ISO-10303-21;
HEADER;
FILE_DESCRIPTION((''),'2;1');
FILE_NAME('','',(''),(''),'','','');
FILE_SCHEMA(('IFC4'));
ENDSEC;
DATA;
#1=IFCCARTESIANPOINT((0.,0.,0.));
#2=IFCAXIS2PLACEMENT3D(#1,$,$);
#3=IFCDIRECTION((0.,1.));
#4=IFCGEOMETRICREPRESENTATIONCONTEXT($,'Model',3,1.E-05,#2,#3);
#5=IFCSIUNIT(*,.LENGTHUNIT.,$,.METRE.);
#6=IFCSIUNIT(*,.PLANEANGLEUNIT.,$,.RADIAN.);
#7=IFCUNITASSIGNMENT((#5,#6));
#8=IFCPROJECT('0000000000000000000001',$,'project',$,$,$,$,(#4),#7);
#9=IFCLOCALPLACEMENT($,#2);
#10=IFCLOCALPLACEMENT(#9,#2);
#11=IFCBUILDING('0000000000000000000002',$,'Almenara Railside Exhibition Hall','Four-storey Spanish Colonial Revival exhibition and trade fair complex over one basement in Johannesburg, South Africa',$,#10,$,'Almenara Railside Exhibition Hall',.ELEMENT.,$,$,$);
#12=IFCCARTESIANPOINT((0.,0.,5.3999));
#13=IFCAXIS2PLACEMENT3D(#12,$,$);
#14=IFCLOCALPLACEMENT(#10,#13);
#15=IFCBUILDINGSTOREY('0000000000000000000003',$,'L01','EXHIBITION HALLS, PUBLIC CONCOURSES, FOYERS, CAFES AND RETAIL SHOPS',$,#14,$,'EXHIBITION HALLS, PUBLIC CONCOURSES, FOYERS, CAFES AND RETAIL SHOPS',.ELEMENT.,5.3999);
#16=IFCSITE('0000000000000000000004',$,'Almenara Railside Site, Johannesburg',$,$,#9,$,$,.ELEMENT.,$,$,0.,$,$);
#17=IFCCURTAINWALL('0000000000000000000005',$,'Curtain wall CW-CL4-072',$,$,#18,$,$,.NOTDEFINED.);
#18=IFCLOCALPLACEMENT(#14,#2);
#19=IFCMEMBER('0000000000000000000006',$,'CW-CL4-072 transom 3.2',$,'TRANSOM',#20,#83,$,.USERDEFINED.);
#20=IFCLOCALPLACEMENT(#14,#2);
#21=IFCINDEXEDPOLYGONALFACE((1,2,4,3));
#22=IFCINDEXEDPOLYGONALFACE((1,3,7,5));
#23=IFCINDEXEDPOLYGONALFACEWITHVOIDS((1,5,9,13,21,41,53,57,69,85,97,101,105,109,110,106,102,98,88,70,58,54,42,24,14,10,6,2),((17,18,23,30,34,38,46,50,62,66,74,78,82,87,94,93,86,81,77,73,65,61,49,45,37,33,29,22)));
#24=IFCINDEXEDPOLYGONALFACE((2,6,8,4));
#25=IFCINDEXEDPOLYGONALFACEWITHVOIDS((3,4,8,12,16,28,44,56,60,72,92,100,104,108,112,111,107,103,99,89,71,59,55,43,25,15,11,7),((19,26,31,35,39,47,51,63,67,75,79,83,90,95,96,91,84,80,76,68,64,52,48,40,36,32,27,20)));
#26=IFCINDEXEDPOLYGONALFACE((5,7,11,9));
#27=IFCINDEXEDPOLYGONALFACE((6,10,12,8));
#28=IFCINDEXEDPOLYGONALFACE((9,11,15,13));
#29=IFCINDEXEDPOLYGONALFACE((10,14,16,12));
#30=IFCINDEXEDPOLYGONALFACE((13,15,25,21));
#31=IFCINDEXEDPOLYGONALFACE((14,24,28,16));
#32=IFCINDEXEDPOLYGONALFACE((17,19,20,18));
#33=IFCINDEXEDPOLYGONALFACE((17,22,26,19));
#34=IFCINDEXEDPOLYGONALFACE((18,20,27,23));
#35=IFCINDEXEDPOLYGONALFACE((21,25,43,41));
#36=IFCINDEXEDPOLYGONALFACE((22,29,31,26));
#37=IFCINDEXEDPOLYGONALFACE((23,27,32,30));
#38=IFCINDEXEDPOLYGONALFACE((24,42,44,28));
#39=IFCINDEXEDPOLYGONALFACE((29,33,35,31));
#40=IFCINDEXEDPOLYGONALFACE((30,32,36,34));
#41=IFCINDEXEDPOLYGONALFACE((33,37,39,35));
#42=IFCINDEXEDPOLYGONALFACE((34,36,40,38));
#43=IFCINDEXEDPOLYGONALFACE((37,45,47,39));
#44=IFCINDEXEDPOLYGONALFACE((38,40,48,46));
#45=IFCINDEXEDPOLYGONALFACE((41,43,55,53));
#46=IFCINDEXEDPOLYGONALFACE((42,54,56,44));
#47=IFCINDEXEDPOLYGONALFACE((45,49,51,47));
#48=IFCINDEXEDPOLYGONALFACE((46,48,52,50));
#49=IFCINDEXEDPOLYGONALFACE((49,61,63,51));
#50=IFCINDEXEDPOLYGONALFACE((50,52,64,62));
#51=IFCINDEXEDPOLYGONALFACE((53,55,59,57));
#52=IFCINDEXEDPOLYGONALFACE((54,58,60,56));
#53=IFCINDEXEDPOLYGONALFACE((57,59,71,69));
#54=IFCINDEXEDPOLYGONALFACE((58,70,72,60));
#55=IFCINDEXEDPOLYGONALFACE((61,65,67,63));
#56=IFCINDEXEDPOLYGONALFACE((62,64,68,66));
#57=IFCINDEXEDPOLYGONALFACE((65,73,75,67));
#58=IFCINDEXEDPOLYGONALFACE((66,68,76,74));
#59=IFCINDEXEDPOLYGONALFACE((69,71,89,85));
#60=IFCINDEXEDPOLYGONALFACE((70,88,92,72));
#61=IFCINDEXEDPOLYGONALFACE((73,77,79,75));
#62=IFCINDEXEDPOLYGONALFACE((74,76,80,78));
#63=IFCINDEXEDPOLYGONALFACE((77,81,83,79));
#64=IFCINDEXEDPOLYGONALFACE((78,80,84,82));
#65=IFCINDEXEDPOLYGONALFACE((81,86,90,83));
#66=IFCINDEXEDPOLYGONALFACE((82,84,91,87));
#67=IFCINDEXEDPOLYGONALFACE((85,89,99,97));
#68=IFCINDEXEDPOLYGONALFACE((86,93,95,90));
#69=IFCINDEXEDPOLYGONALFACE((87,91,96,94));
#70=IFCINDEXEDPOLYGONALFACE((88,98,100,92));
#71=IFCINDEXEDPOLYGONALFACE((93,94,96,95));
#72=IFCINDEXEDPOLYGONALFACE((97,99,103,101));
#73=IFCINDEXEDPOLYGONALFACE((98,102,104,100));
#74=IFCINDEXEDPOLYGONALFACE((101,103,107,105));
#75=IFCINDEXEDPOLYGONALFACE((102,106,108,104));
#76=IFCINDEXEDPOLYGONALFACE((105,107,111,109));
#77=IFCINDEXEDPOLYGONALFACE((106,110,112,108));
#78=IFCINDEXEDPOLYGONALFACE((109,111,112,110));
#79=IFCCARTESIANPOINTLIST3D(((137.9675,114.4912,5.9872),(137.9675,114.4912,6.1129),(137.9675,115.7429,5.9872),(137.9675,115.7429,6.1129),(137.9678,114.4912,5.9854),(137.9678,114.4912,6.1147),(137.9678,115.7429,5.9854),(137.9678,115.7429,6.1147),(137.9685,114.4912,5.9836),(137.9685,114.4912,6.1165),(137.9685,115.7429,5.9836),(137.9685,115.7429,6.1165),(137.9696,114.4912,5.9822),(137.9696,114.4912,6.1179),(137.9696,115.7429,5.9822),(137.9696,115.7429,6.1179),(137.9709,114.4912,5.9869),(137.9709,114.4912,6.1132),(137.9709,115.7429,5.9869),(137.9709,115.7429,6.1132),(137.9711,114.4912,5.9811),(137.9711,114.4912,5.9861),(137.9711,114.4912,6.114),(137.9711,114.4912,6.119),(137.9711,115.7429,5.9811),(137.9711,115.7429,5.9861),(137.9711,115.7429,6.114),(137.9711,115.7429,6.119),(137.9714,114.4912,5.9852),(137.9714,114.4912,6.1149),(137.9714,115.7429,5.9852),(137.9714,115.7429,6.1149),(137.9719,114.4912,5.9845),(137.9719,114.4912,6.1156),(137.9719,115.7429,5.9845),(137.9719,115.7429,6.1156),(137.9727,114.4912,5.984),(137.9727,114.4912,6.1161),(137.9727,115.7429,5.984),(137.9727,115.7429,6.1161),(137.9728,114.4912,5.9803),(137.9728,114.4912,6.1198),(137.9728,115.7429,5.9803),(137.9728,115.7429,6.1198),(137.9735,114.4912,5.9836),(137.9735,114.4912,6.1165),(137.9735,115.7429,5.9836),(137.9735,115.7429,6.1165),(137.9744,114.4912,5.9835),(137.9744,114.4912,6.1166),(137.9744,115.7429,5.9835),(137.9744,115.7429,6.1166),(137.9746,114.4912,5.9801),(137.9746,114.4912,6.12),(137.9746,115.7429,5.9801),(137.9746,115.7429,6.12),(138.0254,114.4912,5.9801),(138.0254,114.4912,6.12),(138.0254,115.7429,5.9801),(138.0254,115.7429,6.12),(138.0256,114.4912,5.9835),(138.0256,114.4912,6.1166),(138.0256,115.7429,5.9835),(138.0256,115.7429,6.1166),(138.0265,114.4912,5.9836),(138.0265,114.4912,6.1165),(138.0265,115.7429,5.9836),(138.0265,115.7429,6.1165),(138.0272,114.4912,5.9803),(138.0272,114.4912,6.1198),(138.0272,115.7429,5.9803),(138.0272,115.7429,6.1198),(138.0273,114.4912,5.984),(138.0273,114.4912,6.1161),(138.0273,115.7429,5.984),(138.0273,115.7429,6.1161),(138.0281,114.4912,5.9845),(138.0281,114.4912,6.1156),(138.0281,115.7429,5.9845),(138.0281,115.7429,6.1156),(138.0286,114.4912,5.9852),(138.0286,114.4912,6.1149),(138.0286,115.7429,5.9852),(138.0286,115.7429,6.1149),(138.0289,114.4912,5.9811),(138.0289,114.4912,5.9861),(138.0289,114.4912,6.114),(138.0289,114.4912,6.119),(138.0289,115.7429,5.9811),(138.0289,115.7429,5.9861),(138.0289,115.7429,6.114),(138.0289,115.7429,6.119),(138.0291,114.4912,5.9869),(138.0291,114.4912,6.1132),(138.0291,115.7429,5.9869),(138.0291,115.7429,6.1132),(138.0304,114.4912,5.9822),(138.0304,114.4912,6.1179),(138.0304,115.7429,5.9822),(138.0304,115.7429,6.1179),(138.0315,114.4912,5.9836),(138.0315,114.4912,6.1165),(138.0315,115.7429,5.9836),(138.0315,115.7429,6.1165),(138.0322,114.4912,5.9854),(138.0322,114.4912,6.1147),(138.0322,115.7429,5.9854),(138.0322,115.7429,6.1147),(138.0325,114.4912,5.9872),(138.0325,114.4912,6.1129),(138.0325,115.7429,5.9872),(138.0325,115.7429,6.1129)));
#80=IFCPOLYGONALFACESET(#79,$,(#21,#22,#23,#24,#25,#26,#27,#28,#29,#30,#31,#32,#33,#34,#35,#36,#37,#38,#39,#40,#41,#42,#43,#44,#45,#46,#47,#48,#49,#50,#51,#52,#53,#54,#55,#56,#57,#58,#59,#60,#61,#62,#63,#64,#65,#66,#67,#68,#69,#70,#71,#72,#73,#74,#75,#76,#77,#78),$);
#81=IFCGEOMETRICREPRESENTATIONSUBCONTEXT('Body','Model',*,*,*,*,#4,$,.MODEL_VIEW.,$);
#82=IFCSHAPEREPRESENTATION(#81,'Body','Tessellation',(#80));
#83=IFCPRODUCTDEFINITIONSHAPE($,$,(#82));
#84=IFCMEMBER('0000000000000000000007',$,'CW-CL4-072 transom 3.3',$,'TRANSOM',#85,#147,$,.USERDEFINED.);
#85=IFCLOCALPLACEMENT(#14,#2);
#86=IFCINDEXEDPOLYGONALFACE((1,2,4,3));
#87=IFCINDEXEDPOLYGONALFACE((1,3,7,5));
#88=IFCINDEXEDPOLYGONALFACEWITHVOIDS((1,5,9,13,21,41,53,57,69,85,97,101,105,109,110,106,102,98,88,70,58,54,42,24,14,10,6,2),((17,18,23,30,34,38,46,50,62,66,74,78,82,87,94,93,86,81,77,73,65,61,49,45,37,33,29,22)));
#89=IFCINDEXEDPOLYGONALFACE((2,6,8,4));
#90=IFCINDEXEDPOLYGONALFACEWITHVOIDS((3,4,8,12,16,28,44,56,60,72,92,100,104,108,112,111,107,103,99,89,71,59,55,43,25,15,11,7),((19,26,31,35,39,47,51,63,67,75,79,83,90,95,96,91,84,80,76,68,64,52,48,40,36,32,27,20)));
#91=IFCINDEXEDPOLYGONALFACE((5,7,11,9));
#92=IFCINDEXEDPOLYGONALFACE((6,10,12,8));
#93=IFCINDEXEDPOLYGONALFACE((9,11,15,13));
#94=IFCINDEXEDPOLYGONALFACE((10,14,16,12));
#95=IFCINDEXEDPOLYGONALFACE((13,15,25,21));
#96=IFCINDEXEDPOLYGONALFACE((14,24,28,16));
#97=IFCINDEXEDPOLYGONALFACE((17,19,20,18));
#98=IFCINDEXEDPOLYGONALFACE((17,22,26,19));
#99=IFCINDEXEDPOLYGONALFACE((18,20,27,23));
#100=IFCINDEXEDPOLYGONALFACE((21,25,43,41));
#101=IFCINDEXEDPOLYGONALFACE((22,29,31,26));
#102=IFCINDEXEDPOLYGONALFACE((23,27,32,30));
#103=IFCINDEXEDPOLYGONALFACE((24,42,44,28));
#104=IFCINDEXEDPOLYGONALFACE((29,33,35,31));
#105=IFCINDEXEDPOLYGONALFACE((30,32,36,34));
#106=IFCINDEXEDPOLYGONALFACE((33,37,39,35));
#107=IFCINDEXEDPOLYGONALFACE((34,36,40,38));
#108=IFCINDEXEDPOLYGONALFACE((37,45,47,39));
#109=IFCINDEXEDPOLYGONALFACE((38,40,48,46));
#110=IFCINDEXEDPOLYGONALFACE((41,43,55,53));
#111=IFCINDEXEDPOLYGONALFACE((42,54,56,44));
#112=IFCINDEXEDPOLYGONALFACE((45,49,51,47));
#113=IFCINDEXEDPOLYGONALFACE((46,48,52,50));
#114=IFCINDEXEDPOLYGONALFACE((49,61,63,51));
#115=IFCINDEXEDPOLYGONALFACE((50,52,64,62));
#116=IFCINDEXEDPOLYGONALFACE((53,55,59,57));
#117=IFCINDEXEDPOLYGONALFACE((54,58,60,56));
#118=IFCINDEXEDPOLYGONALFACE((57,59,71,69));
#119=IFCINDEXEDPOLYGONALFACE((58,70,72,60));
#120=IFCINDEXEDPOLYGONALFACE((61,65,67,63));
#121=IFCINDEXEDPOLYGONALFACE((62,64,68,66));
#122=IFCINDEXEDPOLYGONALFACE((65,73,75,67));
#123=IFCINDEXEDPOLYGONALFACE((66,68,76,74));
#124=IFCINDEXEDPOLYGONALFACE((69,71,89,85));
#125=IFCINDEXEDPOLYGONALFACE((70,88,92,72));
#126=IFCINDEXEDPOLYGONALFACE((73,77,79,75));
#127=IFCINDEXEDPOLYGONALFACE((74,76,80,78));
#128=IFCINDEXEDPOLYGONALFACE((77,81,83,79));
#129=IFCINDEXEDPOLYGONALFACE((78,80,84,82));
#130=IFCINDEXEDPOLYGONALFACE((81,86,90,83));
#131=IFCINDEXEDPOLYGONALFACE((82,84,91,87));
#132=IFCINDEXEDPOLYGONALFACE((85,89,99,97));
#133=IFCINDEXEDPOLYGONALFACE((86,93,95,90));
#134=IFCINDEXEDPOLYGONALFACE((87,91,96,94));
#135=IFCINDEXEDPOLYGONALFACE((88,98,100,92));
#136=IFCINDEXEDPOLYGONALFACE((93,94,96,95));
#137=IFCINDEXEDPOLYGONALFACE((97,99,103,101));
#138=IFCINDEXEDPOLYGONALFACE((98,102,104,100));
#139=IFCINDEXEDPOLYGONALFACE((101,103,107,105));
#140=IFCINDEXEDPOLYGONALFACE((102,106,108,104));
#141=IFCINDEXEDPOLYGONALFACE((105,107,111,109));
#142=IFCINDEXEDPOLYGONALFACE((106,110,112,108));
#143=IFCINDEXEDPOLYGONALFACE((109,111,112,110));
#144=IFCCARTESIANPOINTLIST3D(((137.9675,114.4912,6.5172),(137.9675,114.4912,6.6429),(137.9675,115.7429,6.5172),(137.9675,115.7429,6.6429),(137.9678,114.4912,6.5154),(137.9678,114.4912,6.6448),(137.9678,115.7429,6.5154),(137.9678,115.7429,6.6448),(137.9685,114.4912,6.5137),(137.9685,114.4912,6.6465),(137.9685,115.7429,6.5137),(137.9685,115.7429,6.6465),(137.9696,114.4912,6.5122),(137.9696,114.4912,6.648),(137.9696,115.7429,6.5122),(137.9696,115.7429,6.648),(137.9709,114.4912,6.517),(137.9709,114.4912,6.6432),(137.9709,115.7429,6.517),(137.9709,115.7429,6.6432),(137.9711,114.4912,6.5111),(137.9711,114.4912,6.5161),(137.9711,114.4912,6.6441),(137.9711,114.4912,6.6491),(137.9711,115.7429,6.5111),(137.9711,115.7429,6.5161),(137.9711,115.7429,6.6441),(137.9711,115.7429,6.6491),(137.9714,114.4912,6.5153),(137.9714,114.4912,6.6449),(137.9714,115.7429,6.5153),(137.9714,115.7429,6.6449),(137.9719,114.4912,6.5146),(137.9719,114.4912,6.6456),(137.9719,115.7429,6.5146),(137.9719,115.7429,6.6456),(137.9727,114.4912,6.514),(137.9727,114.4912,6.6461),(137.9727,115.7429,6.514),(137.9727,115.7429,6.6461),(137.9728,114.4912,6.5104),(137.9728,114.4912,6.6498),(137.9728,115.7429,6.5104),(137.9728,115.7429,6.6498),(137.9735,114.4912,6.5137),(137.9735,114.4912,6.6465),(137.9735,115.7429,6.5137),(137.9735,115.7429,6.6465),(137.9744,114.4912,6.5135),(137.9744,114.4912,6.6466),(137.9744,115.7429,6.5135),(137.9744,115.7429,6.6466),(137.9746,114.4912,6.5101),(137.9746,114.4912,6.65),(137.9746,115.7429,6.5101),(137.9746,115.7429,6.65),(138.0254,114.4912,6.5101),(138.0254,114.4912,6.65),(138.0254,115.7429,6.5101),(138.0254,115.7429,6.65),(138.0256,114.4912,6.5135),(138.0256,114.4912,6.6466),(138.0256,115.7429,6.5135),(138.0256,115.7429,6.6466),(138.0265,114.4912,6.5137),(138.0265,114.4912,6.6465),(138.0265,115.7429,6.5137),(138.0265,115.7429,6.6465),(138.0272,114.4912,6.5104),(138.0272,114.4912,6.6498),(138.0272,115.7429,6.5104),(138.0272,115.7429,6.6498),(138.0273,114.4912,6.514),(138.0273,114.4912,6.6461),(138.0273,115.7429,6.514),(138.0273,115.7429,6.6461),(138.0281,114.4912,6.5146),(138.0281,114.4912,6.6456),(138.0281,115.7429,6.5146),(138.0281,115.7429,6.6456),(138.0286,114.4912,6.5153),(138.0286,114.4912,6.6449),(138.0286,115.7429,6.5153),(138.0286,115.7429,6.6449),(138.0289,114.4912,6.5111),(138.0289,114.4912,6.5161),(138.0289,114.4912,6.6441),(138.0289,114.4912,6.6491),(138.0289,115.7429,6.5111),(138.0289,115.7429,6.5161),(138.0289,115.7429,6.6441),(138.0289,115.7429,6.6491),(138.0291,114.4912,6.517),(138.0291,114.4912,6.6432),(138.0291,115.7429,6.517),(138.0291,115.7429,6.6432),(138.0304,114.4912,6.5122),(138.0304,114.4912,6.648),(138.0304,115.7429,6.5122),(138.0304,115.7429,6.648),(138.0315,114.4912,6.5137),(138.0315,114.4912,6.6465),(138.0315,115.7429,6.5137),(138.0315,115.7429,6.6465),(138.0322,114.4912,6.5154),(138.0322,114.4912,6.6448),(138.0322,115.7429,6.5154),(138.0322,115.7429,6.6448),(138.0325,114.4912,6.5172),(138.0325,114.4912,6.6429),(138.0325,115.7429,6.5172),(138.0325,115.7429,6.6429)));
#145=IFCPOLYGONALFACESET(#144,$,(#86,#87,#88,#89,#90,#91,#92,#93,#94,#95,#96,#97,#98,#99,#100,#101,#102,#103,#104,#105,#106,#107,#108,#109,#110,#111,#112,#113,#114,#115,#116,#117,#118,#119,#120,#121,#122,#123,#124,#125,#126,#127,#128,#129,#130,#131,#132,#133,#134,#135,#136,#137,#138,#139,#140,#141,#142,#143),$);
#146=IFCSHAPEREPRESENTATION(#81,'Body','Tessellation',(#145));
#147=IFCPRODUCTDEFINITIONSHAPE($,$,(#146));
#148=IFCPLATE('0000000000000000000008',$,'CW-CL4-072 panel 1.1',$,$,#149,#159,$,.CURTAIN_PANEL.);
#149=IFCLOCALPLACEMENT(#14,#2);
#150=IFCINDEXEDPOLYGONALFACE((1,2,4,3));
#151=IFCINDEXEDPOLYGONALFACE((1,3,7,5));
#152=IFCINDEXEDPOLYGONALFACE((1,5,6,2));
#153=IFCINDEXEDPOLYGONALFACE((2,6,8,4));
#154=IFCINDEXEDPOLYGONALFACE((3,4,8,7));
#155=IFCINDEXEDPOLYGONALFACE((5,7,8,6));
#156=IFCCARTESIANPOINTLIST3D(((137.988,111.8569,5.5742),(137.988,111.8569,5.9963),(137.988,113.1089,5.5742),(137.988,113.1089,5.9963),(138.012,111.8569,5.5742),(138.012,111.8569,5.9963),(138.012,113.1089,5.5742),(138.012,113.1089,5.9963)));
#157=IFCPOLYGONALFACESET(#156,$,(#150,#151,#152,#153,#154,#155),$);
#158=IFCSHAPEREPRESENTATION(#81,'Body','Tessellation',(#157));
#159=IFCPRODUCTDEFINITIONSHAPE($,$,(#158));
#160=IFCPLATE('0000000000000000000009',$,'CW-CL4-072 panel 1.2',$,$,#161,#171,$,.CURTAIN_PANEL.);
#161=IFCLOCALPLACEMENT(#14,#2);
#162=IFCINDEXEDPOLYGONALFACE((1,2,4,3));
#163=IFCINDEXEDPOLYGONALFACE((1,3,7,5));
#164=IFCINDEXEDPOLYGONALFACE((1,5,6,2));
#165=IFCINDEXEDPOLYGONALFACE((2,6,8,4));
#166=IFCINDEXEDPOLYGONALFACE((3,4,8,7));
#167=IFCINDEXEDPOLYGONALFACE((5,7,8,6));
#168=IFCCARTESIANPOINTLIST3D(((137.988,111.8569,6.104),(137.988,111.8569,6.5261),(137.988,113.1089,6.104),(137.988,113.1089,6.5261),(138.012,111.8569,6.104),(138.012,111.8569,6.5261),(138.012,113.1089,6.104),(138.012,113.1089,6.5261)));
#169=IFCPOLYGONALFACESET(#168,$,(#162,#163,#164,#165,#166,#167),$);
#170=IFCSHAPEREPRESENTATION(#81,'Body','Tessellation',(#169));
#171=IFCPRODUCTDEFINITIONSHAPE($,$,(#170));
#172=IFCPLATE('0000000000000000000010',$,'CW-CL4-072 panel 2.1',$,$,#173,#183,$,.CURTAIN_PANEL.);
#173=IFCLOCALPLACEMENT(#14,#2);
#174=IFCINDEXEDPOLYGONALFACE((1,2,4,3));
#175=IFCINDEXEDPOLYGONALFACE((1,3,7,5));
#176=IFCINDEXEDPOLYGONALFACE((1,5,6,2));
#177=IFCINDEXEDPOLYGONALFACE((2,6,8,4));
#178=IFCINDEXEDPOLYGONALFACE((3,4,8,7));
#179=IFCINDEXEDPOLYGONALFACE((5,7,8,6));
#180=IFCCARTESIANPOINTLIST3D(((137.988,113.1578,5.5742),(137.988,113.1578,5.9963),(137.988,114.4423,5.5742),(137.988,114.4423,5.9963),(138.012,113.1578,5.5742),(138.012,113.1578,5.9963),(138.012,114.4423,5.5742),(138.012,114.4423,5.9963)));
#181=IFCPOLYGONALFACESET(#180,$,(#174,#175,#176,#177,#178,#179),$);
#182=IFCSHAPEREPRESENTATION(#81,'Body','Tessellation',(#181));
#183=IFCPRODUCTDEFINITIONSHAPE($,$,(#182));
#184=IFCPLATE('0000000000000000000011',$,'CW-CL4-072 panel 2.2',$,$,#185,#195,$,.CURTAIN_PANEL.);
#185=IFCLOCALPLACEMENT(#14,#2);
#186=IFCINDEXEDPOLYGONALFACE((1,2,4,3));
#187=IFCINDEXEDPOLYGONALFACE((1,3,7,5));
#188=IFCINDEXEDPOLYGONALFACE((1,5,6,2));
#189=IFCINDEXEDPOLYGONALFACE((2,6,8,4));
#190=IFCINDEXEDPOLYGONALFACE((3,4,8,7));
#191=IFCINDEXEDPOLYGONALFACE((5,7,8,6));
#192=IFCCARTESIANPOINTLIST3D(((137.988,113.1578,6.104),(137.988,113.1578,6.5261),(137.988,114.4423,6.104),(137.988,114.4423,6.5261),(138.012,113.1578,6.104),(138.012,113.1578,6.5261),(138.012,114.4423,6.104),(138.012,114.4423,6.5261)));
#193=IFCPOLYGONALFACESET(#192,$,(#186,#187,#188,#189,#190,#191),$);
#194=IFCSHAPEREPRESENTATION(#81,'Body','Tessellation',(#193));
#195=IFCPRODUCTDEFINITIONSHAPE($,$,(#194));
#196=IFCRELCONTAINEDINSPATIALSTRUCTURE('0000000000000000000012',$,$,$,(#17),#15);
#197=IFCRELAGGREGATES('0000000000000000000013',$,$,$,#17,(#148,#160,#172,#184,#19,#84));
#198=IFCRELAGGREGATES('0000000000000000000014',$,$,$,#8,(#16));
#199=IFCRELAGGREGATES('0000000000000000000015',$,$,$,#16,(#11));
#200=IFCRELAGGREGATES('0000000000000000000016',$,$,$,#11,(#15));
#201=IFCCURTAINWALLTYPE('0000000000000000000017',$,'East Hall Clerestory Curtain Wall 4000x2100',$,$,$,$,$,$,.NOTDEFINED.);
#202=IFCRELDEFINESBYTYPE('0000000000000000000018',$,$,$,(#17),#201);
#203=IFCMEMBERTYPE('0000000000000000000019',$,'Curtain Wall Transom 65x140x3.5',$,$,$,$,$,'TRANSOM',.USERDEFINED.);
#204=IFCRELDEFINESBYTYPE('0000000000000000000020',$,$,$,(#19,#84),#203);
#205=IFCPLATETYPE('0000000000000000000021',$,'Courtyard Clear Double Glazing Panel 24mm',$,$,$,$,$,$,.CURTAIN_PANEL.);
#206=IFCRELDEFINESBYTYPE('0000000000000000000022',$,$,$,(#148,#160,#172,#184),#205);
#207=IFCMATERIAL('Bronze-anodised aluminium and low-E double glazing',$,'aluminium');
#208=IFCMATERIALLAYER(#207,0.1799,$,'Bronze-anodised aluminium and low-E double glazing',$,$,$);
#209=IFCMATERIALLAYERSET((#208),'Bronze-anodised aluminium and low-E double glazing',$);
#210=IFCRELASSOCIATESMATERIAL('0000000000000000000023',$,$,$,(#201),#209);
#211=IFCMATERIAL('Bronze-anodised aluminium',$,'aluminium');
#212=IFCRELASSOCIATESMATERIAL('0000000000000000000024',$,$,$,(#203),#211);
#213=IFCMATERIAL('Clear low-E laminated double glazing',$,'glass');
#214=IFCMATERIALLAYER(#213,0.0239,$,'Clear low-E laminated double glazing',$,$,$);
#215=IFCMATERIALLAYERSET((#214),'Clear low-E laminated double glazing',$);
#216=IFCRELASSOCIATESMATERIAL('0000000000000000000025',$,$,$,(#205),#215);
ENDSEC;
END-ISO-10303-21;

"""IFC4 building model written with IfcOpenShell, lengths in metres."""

from ifc_helpers import new_model, si_unit, direction, frame, origin, origin_2d, place, context, subcontext, project, spatial, rectangle, hollow_rectangle, extrude, material, layer, layer_set, material_profile, profile_set, type_object, element, aggregate, save


model = new_model("IFC4")

# Units and contexts
model_context = context("Model", 3, precision=1e-05, world=origin(), true_north=direction((0.0, 1.0)))
body_context = subcontext(model_context, "Body", "Model", "MODEL_VIEW")
ifc_project = project(units=[si_unit("LENGTHUNIT", "METRE"), si_unit("PLANEANGLEUNIT", "RADIAN")], contexts=[model_context])

# Site, building, storey
site_placement = place(None, origin())
site = spatial("IfcSite", under=ifc_project, at=site_placement, Name="Almenara Railside Site, Johannesburg", CompositionType="ELEMENT", RefElevation=0.0)
building_placement = place(site_placement, origin())
building = spatial("IfcBuilding", under=site, at=building_placement, Name="Almenara Railside Exhibition Hall", Description="Four-storey Spanish Colonial Revival exhibition and trade fair complex over one basement in Johannesburg, South Africa", LongName="Almenara Railside Exhibition Hall", CompositionType="ELEMENT")
storey_placement = place(building_placement, frame((0.0, 0.0, 5.3999)))
storey = spatial("IfcBuildingStorey", under=building, at=storey_placement, Name="L01", Description="EXHIBITION HALLS, PUBLIC CONCOURSES, FOYERS, CAFES AND RETAIL SHOPS", LongName="EXHIBITION HALLS, PUBLIC CONCOURSES, FOYERS, CAFES AND RETAIL SHOPS", CompositionType="ELEMENT", Elevation=5.3999)

# Curtain wall
ifc_material_1 = material(Name="Bronze-anodised aluminium and low-E double glazing", Category="aluminium")
ifc_layer_1 = layer(ifc_material_1, 0.1799, Name="Bronze-anodised aluminium and low-E double glazing")
ifc_layer_set_1 = layer_set([ifc_layer_1], Name="Bronze-anodised aluminium and low-E double glazing")
curtain_wall_type = type_object("IfcCurtainWallType", Name="East Hall Clerestory Curtain Wall 4000x2100", PredefinedType="NOTDEFINED", material=ifc_layer_set_1)
curtain_wall_1_placement = place(storey_placement, origin())
curtain_wall_1 = element("IfcCurtainWall", 1, at=curtain_wall_1_placement, inside=storey, type_object=curtain_wall_type, Name="Curtain wall CW-CL4-072", PredefinedType="NOTDEFINED")
ifc_material_2 = material(Name="Bronze-anodised aluminium", Category="aluminium")

# Members
ifc_material_profile_1 = material_profile(ifc_material_2, hollow_rectangle(XDim=0.0649, YDim=0.1399, WallThickness=0.0034, InnerFilletRadius=0.0034, OuterFilletRadius=0.0071, at=origin_2d()), Name="ALU-TRN 65x140x3.5")
ifc_profile_set_1 = profile_set([ifc_material_profile_1], Name="Bronze-anodised aluminium")
member_type_1 = type_object("IfcMemberType", Name="Curtain Wall Transom 65x140x3.5", ElementType="TRANSOM", PredefinedType="USERDEFINED", material=ifc_profile_set_1)
member_1_placement = place(storey_placement, frame((138.0, 114.4912, 6.05), z_axis=(0.0, 1.0, 0.0), x_axis=(-1.0, 0.0, 0.0)))
member_1 = element("IfcMember", 2, at=member_1_placement, type_object=member_type_1, Name="CW-CL4-072 transom 3.2", ObjectType="TRANSOM", PredefinedType="USERDEFINED", context=body_context, shape_type="SweptSolid", body=[
    extrude(hollow_rectangle(XDim=0.0649, YDim=0.1399, WallThickness=0.0034, InnerFilletRadius=0.0034, OuterFilletRadius=0.0071, at=origin_2d()), origin(), (0.0, 0.0, 1.0), 1.2517),
])
member_2_placement = place(storey_placement, frame((138.0, 114.4912, 6.5801), z_axis=(0.0, 1.0, 0.0), x_axis=(-1.0, 0.0, 0.0)))
member_2 = element("IfcMember", 3, at=member_2_placement, type_object=member_type_1, Name="CW-CL4-072 transom 3.3", ObjectType="TRANSOM", PredefinedType="USERDEFINED", context=body_context, shape_type="SweptSolid", body=[
    extrude(hollow_rectangle(XDim=0.0649, YDim=0.1399, WallThickness=0.0034, InnerFilletRadius=0.0034, OuterFilletRadius=0.0071, at=origin_2d()), origin(), (0.0, 0.0, 1.0), 1.2517),
])

# Plates
ifc_material_3 = material(Name="Clear low-E laminated double glazing", Category="glass")
ifc_layer_2 = layer(ifc_material_3, 0.0239, Name="Clear low-E laminated double glazing")
ifc_layer_set_2 = layer_set([ifc_layer_2], Name="Clear low-E laminated double glazing")
plate_type_1 = type_object("IfcPlateType", Name="Courtyard Clear Double Glazing Panel 24mm", PredefinedType="CURTAIN_PANEL", material=ifc_layer_set_2)
plate_1_placement = place(storey_placement, frame((138.0, 112.4829, 5.5742), z_axis=(0.0, 0.0, 1.0), x_axis=(0.0, 1.0, 0.0)))
plate_1 = element("IfcPlate", 4, at=plate_1_placement, type_object=plate_type_1, Name="CW-CL4-072 panel 1.1", PredefinedType="CURTAIN_PANEL", context=body_context, shape_type="SweptSolid", body=[
    extrude(rectangle(XDim=1.252, YDim=0.0239, at=origin_2d()), origin(), (0.0, 0.0, 1.0), 0.4221),
])
plate_2_placement = place(storey_placement, frame((138.0, 112.4829, 6.104), z_axis=(0.0, 0.0, 1.0), x_axis=(0.0, 1.0, 0.0)))
plate_2 = element("IfcPlate", 5, at=plate_2_placement, type_object=plate_type_1, Name="CW-CL4-072 panel 1.2", PredefinedType="CURTAIN_PANEL", context=body_context, shape_type="SweptSolid", body=[
    extrude(rectangle(XDim=1.252, YDim=0.0239, at=origin_2d()), origin(), (0.0, 0.0, 1.0), 0.4221),
])
plate_3_placement = place(storey_placement, frame((138.0, 113.8, 5.5742), z_axis=(0.0, 0.0, 1.0), x_axis=(0.0, 1.0, 0.0)))
plate_3 = element("IfcPlate", 6, at=plate_3_placement, type_object=plate_type_1, Name="CW-CL4-072 panel 2.1", PredefinedType="CURTAIN_PANEL", context=body_context, shape_type="SweptSolid", body=[
    extrude(rectangle(XDim=1.2844, YDim=0.0239, at=origin_2d()), origin(), (0.0, 0.0, 1.0), 0.4221),
])
plate_4_placement = place(storey_placement, frame((138.0, 113.8, 6.104), z_axis=(0.0, 0.0, 1.0), x_axis=(0.0, 1.0, 0.0)))
plate_4 = element("IfcPlate", 7, at=plate_4_placement, type_object=plate_type_1, Name="CW-CL4-072 panel 2.2", PredefinedType="CURTAIN_PANEL", context=body_context, shape_type="SweptSolid", body=[
    extrude(rectangle(XDim=1.2844, YDim=0.0239, at=origin_2d()), origin(), (0.0, 0.0, 1.0), 0.4221),
])
aggregate(curtain_wall_1, [plate_1, plate_2, plate_3, plate_4, member_1, member_2])

save(model, "model.ifc")
